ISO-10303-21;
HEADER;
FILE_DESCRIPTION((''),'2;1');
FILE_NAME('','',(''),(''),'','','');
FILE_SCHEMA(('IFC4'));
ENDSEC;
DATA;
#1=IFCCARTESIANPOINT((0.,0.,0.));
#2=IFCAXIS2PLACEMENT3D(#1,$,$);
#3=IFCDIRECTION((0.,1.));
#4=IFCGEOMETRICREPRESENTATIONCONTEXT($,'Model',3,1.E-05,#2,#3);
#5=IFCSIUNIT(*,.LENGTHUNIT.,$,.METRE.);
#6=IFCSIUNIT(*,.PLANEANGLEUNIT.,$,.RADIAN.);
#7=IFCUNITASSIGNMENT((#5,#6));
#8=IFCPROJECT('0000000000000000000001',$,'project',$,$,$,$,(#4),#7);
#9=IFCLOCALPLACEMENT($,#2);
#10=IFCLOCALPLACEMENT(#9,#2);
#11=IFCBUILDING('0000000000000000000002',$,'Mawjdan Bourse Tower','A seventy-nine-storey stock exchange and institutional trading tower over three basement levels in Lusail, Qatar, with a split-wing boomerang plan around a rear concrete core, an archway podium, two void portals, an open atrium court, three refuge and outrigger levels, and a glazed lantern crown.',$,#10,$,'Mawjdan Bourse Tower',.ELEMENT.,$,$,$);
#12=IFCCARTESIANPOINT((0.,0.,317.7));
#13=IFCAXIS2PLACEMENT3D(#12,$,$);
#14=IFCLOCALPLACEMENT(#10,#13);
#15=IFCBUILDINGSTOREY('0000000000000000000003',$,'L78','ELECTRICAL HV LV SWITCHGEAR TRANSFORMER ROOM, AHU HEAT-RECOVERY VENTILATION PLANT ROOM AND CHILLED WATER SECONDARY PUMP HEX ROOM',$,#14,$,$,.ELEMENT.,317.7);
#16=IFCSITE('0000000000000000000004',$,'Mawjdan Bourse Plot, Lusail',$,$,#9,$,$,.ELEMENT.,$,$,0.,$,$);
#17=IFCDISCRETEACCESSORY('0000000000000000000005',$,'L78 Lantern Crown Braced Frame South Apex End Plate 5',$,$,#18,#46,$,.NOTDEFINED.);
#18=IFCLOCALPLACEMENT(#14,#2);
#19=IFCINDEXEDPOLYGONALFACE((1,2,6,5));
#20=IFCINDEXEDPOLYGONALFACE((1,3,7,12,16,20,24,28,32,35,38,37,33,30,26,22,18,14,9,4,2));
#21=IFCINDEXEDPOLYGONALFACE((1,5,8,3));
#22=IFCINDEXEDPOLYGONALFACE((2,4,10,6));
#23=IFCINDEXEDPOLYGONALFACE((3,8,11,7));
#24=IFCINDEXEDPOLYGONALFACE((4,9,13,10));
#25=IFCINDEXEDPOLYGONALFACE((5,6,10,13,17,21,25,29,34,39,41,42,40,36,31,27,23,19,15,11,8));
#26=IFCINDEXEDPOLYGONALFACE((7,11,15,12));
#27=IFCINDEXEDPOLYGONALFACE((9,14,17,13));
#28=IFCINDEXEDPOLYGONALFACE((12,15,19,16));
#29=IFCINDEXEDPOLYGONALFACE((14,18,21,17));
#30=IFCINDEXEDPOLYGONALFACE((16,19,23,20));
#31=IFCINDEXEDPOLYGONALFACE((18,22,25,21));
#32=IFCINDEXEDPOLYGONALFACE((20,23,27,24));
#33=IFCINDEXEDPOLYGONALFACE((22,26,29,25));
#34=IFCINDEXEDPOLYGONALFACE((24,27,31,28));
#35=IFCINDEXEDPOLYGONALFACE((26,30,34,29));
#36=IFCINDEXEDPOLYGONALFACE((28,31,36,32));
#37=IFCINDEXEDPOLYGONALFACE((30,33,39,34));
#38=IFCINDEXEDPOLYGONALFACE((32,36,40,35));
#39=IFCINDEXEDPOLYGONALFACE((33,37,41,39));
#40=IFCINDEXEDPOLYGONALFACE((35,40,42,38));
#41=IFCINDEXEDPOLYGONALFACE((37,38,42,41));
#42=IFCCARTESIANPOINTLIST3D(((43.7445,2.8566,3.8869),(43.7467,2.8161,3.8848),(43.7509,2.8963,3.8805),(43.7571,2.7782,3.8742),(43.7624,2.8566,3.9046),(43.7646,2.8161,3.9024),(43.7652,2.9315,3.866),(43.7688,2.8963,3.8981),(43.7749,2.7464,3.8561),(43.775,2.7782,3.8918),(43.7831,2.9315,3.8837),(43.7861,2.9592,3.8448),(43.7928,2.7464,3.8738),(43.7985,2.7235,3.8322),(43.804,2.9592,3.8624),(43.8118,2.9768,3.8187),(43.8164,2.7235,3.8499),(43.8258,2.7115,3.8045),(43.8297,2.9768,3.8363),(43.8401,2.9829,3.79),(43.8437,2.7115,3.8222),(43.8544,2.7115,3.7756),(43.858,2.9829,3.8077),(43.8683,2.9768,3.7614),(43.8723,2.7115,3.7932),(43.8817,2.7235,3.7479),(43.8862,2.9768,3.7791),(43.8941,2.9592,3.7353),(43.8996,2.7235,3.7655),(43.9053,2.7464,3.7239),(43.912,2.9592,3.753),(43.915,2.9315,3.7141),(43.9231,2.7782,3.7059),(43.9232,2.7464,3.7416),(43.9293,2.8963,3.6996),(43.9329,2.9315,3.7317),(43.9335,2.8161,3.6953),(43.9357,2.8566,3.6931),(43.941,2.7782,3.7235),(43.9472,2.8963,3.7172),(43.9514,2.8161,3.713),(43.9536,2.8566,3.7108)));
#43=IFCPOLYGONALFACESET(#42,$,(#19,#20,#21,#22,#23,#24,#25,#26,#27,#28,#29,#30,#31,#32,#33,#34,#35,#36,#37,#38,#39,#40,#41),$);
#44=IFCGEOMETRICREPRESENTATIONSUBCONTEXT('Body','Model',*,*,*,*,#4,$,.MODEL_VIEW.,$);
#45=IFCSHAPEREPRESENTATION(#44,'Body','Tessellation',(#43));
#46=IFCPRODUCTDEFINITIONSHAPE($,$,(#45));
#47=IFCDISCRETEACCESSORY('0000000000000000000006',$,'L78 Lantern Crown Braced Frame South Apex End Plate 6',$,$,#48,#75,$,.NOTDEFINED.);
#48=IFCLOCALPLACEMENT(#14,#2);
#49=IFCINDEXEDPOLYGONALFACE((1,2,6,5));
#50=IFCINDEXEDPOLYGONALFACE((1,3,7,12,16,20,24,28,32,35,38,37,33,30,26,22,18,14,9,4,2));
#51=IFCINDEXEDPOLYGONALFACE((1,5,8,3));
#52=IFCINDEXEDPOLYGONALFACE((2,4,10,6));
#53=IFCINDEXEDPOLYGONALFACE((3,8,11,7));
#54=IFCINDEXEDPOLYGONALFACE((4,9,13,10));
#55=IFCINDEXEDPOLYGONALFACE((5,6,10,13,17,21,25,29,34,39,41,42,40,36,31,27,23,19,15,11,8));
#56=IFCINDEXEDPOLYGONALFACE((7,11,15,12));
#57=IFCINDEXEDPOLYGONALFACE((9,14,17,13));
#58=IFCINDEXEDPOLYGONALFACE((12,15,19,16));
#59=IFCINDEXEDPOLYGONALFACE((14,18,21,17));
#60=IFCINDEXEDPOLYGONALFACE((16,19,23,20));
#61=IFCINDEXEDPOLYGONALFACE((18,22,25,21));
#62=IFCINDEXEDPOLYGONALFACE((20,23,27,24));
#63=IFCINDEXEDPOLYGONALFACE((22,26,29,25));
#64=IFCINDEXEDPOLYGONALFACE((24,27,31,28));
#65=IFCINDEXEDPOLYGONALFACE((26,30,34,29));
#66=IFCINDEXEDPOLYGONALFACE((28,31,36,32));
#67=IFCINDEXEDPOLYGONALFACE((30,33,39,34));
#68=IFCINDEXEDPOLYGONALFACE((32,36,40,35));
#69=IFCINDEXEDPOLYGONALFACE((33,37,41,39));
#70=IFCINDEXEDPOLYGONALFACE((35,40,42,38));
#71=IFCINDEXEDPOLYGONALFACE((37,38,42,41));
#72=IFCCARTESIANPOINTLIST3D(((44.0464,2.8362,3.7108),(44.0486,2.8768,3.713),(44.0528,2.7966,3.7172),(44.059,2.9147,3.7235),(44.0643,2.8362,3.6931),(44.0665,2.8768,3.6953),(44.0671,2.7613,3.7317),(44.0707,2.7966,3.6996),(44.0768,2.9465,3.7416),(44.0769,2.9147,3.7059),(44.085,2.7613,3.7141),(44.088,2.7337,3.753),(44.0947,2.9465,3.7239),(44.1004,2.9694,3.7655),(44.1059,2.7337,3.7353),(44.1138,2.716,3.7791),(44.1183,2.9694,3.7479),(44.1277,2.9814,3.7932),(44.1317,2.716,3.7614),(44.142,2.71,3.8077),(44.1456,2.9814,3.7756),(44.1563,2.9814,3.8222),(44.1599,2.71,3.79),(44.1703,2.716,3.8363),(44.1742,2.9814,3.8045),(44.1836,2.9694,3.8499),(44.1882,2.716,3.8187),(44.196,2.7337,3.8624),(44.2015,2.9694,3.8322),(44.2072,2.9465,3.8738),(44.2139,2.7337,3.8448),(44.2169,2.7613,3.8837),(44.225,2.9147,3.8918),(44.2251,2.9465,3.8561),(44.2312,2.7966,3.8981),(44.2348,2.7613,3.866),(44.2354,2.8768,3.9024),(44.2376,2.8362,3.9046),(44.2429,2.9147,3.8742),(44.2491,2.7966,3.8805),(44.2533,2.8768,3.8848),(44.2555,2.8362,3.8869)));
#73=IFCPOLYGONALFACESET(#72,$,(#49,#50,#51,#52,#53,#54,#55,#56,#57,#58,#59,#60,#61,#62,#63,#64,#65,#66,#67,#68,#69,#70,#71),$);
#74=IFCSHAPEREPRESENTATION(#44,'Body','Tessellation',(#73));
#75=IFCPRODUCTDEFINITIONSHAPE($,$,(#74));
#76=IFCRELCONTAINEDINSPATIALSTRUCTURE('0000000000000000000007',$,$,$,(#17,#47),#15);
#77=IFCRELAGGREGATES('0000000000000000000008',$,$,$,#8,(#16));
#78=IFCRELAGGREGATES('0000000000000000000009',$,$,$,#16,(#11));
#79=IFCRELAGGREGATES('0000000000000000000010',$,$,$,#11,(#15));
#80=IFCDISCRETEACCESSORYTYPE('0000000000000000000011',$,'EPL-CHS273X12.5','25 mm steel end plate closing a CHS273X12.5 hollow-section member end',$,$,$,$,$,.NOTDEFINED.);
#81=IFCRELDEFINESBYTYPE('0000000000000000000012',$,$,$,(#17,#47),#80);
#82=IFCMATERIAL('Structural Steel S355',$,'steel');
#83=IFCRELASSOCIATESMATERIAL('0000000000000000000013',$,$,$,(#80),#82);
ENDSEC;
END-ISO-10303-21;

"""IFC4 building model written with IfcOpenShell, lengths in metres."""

from ifc_helpers import new_model, si_unit, direction, frame, origin, origin_2d, place, context, subcontext, project, spatial, circle, extrude, material, material_profile, profile_set, type_object, element, save


model = new_model("IFC4")

# Units and contexts
model_context = context("Model", 3, precision=1e-05, world=origin(), true_north=direction((0.0, 1.0)))
body_context = subcontext(model_context, "Body", "Model", "MODEL_VIEW")
ifc_project = project(units=[si_unit("LENGTHUNIT", "METRE"), si_unit("PLANEANGLEUNIT", "RADIAN")], contexts=[model_context])

# Site, building, storey
site_placement = place(None, origin())
site = spatial("IfcSite", under=ifc_project, at=site_placement, Name="Mawjdan Bourse Plot, Lusail", CompositionType="ELEMENT", RefElevation=0.0)
building_placement = place(site_placement, origin())
building = spatial("IfcBuilding", under=site, at=building_placement, Name="Mawjdan Bourse Tower", Description="A seventy-nine-storey stock exchange and institutional trading tower over three basement levels in Lusail, Qatar, with a split-wing boomerang plan around a rear concrete core, an archway podium, two void portals, an open atrium court, three refuge and outrigger levels, and a glazed lantern crown.", LongName="Mawjdan Bourse Tower", CompositionType="ELEMENT")
storey_placement = place(building_placement, frame((0.0, 0.0, 317.7)))
storey = spatial("IfcBuildingStorey", under=building, at=storey_placement, Name="L78", Description="ELECTRICAL HV LV SWITCHGEAR TRANSFORMER ROOM, AHU HEAT-RECOVERY VENTILATION PLANT ROOM AND CHILLED WATER SECONDARY PUMP HEX ROOM", CompositionType="ELEMENT", Elevation=317.7)

# Shared definitions
ifc_material_1 = material(Name="Structural Steel S355", Category="steel")

# Discrete accessories
ifc_material_profile_1 = material_profile(ifc_material_1, circle(Radius=0.1365, at=origin_2d()), Name="EPL-CHS273X12.5")
ifc_profile_set_1 = profile_set([ifc_material_profile_1], Name="Structural Steel S355")
discrete_accessory_type = type_object("IfcDiscreteAccessoryType", Name="EPL-CHS273X12.5", Description="25 mm steel end plate closing a CHS273X12.5 hollow-section member end", PredefinedType="NOTDEFINED", material=ifc_profile_set_1)
for number, where, z_axis, x_axis, name in (
    (1, (43.8401, 2.8464, 3.79), (0.711966, 0.0, 0.702213), (0.0, 1.0, 0.0), "L78 Lantern Crown Braced Frame South Apex End Plate 5"),
    (2, (44.1599, 2.8464, 3.79), (-0.711966, 0.0, 0.702213), (0.0, -1.0, 0.0), "L78 Lantern Crown Braced Frame South Apex End Plate 6"),
):
    element("IfcDiscreteAccessory", number, at=place(storey_placement, frame(where, z_axis=z_axis, x_axis=x_axis)), inside=storey, type_object=discrete_accessory_type, Name=name, PredefinedType="NOTDEFINED", context=body_context, shape_type="SweptSolid", body=[
        extrude(circle(Radius=0.1365, at=origin_2d()), origin(), (0.0, 0.0, 1.0), 0.0251),
    ])

save(model, "model.ifc")
